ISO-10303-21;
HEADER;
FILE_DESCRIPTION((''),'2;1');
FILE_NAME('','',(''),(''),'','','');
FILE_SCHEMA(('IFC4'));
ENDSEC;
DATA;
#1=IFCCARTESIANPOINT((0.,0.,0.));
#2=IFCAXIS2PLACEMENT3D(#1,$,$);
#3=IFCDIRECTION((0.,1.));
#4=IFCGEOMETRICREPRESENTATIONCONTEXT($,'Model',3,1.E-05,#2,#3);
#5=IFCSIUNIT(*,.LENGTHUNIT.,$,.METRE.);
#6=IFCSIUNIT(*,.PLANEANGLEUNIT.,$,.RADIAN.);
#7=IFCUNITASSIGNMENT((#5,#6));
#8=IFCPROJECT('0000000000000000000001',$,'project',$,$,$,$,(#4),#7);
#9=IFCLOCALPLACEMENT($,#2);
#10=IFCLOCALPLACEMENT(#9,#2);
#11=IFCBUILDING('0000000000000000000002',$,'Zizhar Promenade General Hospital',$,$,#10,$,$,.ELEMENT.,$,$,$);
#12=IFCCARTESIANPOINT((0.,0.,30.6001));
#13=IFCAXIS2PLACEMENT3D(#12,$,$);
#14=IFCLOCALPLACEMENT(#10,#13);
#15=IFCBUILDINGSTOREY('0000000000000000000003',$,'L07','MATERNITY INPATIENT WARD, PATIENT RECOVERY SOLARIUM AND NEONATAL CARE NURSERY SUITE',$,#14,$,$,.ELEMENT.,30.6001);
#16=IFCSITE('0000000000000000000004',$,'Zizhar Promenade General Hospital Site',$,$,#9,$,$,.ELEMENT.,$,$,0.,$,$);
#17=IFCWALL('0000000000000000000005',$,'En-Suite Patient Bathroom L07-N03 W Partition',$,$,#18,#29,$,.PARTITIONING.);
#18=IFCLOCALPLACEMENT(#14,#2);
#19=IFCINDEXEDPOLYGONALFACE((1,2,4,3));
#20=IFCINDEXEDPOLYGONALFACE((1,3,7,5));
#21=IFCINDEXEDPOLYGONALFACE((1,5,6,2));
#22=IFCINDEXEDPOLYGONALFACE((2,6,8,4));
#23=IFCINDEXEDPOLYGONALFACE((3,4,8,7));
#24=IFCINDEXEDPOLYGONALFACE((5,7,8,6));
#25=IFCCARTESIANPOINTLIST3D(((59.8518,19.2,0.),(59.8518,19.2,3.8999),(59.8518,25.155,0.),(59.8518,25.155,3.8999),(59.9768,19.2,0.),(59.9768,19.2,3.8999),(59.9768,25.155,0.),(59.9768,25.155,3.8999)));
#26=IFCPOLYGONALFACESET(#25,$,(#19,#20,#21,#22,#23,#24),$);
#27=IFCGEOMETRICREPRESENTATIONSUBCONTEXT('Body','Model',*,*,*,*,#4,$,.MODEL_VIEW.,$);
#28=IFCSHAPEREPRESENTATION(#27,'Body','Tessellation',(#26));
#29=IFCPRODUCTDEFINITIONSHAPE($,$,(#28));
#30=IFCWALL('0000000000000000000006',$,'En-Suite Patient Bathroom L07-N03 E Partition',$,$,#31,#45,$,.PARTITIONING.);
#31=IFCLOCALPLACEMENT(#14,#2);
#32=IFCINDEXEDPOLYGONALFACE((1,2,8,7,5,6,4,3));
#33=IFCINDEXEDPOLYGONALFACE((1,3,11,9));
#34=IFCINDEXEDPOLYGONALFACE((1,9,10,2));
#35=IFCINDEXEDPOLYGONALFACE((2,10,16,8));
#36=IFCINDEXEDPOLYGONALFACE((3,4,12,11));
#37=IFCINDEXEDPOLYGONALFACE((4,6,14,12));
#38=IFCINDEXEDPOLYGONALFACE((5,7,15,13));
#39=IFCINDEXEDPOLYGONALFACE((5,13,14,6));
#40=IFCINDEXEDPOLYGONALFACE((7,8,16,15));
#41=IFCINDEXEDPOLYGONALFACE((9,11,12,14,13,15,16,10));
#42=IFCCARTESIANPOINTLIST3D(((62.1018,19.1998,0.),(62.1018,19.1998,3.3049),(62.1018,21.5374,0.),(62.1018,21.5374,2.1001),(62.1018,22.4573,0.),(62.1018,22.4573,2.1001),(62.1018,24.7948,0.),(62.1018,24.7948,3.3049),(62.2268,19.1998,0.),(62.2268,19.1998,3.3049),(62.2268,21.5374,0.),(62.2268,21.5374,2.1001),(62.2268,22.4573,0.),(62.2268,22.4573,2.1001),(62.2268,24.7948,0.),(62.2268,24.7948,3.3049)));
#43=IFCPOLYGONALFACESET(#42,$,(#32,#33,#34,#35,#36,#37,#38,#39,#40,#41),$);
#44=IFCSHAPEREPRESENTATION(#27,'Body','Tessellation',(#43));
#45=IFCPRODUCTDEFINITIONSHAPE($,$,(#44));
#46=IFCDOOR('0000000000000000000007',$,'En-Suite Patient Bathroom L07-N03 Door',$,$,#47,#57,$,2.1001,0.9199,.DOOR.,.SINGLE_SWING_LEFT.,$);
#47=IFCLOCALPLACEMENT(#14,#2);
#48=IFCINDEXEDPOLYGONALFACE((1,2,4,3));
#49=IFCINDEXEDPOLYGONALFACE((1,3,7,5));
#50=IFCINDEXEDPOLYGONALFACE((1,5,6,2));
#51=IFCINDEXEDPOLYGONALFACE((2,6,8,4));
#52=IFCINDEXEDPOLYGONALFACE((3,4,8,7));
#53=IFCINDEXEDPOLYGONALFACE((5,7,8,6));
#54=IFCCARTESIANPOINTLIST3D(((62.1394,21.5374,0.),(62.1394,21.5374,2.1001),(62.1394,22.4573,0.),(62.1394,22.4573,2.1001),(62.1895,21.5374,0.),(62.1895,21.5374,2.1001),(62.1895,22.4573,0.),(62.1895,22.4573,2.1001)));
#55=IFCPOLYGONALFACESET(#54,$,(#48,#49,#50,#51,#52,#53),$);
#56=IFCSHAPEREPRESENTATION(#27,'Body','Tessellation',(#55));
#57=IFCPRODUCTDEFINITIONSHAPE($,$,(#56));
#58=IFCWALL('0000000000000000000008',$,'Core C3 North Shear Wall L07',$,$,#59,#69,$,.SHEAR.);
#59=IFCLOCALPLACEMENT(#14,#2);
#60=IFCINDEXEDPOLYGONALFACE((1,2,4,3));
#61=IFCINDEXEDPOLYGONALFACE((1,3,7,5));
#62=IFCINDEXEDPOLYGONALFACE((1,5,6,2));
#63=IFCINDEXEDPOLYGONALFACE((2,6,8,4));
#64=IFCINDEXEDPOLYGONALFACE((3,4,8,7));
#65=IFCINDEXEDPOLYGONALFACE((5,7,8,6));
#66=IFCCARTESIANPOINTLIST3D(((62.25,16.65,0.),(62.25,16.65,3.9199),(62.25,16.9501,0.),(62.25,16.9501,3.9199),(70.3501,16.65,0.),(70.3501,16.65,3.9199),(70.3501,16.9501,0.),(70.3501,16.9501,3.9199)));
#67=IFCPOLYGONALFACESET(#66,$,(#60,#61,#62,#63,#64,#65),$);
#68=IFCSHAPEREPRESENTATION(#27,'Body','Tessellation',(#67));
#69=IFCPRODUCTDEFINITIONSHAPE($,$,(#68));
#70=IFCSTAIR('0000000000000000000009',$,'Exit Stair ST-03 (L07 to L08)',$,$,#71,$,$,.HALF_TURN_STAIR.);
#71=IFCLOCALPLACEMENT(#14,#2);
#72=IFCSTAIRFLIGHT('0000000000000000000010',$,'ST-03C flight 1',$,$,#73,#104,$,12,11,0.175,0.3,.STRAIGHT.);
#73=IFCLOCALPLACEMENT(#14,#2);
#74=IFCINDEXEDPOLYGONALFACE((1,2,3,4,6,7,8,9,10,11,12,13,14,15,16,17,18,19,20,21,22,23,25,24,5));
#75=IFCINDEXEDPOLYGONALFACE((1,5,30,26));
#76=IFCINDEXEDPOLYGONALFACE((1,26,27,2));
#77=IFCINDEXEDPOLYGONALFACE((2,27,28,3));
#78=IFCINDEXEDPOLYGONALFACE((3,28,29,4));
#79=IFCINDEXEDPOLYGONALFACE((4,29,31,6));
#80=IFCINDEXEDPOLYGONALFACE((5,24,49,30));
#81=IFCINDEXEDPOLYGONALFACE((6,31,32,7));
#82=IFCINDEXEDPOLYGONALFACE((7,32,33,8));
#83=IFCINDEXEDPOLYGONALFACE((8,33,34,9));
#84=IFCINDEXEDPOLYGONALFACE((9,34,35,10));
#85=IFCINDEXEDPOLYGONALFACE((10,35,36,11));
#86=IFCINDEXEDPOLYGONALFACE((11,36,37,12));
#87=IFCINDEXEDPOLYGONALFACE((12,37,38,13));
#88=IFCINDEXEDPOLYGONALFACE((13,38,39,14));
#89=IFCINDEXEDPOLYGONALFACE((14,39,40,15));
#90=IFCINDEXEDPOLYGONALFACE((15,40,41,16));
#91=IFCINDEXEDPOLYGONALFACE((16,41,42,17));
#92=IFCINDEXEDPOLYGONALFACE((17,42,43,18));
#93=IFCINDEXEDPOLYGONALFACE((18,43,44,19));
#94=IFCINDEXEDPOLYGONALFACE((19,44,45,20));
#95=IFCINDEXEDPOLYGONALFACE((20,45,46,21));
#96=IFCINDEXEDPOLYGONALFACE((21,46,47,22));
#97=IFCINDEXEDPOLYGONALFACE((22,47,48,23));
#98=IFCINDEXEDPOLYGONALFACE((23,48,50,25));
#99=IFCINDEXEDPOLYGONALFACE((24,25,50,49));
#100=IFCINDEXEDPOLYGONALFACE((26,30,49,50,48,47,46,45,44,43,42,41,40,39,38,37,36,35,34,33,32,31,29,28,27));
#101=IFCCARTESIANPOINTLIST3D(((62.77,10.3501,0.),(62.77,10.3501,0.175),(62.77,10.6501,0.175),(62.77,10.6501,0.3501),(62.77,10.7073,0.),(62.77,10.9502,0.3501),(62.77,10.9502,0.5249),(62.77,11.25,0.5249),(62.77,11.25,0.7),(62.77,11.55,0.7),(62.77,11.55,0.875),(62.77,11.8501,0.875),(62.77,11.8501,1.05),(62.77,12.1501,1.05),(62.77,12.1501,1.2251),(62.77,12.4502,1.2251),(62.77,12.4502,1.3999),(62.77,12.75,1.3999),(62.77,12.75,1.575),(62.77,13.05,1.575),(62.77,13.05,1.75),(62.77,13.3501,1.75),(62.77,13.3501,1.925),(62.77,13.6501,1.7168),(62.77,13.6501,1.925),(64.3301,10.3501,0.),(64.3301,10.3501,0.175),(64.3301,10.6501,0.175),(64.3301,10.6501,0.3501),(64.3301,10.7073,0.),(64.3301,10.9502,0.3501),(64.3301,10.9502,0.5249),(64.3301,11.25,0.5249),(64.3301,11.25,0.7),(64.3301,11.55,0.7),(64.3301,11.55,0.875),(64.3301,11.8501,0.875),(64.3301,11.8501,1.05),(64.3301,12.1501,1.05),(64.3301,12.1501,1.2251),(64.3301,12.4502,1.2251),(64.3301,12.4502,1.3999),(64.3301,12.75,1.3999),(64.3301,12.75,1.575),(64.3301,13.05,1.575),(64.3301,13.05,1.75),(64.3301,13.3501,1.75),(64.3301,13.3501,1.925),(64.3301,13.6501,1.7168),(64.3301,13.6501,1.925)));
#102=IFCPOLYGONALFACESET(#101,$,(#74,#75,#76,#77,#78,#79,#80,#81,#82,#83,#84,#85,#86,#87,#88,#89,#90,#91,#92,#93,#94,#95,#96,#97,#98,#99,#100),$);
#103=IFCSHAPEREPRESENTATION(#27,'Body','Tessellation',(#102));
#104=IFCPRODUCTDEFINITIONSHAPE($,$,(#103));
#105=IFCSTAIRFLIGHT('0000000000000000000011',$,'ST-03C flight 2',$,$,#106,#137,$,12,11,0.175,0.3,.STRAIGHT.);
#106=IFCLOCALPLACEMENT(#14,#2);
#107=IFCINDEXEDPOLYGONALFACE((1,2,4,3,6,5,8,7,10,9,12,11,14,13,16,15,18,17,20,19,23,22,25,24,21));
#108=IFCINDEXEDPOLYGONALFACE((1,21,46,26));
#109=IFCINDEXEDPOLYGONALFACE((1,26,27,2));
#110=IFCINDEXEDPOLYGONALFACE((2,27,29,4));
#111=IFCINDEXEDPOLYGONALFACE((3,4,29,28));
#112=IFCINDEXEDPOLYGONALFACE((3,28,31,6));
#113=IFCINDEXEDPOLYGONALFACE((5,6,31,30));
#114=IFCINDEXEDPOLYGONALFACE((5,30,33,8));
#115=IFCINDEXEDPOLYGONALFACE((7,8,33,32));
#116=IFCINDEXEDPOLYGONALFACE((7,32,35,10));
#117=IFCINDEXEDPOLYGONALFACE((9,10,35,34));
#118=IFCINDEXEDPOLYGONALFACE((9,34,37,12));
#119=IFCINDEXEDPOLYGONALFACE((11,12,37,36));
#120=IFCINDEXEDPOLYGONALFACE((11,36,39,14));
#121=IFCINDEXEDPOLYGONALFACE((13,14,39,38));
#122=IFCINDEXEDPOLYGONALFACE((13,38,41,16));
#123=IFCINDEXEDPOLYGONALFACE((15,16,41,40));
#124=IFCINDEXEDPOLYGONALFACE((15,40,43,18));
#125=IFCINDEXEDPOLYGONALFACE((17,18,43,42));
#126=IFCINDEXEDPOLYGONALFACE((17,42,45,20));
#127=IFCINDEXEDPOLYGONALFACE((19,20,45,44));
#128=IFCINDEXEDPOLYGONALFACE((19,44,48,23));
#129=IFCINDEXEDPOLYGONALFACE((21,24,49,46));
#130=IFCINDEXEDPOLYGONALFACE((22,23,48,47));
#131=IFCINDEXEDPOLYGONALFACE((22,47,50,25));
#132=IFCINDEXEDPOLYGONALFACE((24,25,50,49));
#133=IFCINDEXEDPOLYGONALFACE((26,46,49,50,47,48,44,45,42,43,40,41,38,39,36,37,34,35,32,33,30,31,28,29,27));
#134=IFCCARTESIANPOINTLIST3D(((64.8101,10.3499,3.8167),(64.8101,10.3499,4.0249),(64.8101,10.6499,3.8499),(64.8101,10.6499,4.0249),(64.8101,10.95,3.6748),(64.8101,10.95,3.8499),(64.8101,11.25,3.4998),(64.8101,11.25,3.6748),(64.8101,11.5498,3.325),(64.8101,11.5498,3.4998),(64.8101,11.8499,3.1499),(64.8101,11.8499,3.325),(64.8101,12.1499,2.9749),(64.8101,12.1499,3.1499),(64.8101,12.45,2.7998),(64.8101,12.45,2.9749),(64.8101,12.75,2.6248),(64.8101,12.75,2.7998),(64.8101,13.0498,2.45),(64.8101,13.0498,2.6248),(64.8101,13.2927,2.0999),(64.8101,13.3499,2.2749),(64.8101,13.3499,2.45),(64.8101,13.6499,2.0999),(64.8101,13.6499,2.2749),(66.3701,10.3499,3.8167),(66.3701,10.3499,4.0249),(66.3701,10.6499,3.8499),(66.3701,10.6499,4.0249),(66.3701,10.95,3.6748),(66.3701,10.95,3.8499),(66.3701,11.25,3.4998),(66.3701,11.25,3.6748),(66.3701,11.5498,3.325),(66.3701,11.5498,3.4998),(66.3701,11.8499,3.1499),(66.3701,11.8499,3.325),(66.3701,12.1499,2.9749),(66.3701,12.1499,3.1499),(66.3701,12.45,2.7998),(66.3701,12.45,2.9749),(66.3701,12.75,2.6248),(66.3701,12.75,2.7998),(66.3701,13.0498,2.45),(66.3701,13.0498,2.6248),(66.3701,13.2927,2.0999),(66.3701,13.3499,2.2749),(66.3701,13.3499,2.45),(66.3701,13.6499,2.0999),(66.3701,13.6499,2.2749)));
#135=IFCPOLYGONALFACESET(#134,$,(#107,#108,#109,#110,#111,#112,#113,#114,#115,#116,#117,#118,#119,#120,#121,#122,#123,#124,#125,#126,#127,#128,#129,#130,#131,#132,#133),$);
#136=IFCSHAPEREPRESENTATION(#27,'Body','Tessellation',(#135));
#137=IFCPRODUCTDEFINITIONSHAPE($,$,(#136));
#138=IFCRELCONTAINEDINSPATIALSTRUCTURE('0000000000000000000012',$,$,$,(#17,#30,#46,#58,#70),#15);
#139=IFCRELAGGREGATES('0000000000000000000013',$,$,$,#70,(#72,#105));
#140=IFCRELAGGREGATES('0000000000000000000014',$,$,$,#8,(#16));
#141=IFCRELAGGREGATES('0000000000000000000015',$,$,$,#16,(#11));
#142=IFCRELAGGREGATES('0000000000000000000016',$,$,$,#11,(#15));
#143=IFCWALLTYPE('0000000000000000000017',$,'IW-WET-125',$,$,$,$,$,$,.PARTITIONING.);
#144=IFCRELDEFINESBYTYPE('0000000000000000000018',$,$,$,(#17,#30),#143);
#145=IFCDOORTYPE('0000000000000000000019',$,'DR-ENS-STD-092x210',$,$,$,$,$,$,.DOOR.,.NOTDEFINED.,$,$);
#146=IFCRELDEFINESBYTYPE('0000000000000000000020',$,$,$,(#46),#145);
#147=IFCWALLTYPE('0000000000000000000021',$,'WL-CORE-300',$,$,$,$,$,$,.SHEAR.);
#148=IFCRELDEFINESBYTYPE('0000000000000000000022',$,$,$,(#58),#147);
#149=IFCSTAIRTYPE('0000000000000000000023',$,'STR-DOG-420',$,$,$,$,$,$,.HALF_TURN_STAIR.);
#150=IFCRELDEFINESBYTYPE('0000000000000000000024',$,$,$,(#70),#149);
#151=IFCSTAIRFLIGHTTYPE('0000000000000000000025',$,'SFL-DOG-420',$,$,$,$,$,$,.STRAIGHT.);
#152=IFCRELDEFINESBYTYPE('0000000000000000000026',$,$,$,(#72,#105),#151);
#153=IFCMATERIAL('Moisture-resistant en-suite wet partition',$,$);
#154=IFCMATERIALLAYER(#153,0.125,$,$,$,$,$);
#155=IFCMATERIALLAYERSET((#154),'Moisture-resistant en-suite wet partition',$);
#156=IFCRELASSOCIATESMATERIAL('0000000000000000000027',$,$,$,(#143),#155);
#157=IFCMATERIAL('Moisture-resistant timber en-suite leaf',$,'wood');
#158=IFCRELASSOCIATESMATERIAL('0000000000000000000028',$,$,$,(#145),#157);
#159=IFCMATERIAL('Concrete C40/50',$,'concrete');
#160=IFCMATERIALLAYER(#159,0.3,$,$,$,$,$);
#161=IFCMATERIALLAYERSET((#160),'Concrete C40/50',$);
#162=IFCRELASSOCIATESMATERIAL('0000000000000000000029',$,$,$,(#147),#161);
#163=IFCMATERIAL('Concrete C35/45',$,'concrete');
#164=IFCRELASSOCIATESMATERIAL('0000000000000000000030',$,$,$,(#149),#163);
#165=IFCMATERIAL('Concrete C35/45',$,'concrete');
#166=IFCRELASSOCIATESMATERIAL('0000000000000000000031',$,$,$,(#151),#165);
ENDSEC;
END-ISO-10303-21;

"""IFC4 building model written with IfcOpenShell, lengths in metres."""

from ifc_helpers import new_model, si_unit, direction, frame, frame_2d, origin, place, context, subcontext, project, spatial, polyline, rectangle, outline, extrude, material, layer, layer_set, type_object, element, fill, aggregate, save


model = new_model("IFC4")

# Units and contexts
model_context = context("Model", 3, precision=1e-05, world=origin(), true_north=direction((0.0, 1.0)))
body_context = subcontext(model_context, "Body", "Model", "MODEL_VIEW")
ifc_project = project(units=[si_unit("LENGTHUNIT", "METRE"), si_unit("PLANEANGLEUNIT", "RADIAN")], contexts=[model_context])

# Site, building, storey
site_placement = place(None, origin())
site = spatial("IfcSite", under=ifc_project, at=site_placement, Name="Zizhar Promenade General Hospital Site", CompositionType="ELEMENT", RefElevation=0.0)
building_placement = place(site_placement, origin())
building = spatial("IfcBuilding", under=site, at=building_placement, Name="Zizhar Promenade General Hospital", CompositionType="ELEMENT")
storey_placement = place(building_placement, frame((0.0, 0.0, 30.6001)))
storey = spatial("IfcBuildingStorey", under=building, at=storey_placement, Name="L07", Description="MATERNITY INPATIENT WARD, PATIENT RECOVERY SOLARIUM AND NEONATAL CARE NURSERY SUITE", CompositionType="ELEMENT", Elevation=30.6001)

# Wall
ifc_material_1 = material(Name="Moisture-resistant en-suite wet partition")
ifc_layer_1 = layer(ifc_material_1, 0.125)
ifc_layer_set_1 = layer_set([ifc_layer_1], Name="Moisture-resistant en-suite wet partition")
wall_type_1 = type_object("IfcWallType", Name="IW-WET-125", PredefinedType="PARTITIONING", material=ifc_layer_set_1)
wall_1_placement = place(storey_placement, frame((59.9143, 19.2, 0.0), z_axis=(0.0, 0.0, 1.0), x_axis=(0.0, 1.0, 0.0)))
element("IfcWall", 1, at=wall_1_placement, inside=storey, type_object=wall_type_1, Name="En-Suite Patient Bathroom L07-N03 W Partition", PredefinedType="PARTITIONING", context=body_context, shape_type="SweptSolid", body=[
    extrude(rectangle(XDim=5.9551, YDim=0.125, at=frame_2d((2.9775, 0.0))), origin(), (0.0, 0.0, 1.0), 3.8999),
])

# Wall, opening, door
wall_2_placement = place(storey_placement, frame((62.1643, 19.2, 0.0), z_axis=(0.0, 0.0, 1.0), x_axis=(0.0, 1.0, 0.0)))
wall_2 = element("IfcWall", 2, at=wall_2_placement, inside=storey, type_object=wall_type_1, Name="En-Suite Patient Bathroom L07-N03 E Partition", PredefinedType="PARTITIONING", context=body_context, shape_type="SweptSolid", body=[
    extrude(rectangle(XDim=5.595, YDim=0.125, at=frame_2d((2.7974, 0.0))), origin(), (0.0, 0.0, 1.0), 3.3049),
])
opening_1_placement = place(wall_2_placement, frame((2.3374, 0.0, 0.0)))
opening_1 = element("IfcOpeningElement", 3, at=opening_1_placement, cuts=wall_2, PredefinedType="OPENING", context=body_context, shape_type="SweptSolid", body=[
    extrude(rectangle(XDim=0.9199, YDim=2.1001, at=frame_2d((0.46, 1.05))), frame((0.0, 0.0725, 0.0), z_axis=(0.0, -1.0, 0.0), x_axis=(1.0, 0.0, 0.0)), (0.0, 0.0, 1.0), 0.145),
])
ifc_material_2 = material(Name="Moisture-resistant timber en-suite leaf", Category="wood")
door_type_1 = type_object("IfcDoorType", Name="DR-ENS-STD-092x210", OperationType="NOTDEFINED", PredefinedType="DOOR", material=ifc_material_2)
door_1_placement = place(opening_1_placement, origin())
door_1 = element("IfcDoor", 4, at=door_1_placement, inside=storey, type_object=door_type_1, Name="En-Suite Patient Bathroom L07-N03 Door", OperationType="SINGLE_SWING_LEFT", OverallHeight=2.1001, OverallWidth=0.9199, PredefinedType="DOOR", context=body_context, shape_type="SweptSolid", body=[
    extrude(rectangle(XDim=0.9199, YDim=2.1001, at=frame_2d((0.46, 1.05))), frame((0.0, 0.0249, 0.0), z_axis=(0.0, -1.0, 0.0), x_axis=(1.0, 0.0, 0.0)), (0.0, 0.0, 1.0), 0.05),
])
fill(opening_1, door_1)

# Wall
ifc_material_3 = material(Name="Concrete C40/50", Category="concrete")
ifc_layer_2 = layer(ifc_material_3, 0.3)
ifc_layer_set_2 = layer_set([ifc_layer_2], Name="Concrete C40/50")
wall_type_2 = type_object("IfcWallType", Name="WL-CORE-300", PredefinedType="SHEAR", material=ifc_layer_set_2)
wall_3_placement = place(storey_placement, frame((62.25, 16.8, 0.0), z_axis=(0.0, 0.0, 1.0), x_axis=(1.0, 0.0, 0.0)))
element("IfcWall", 5, at=wall_3_placement, inside=storey, type_object=wall_type_2, Name="Core C3 North Shear Wall L07", PredefinedType="SHEAR", context=body_context, shape_type="SweptSolid", body=[
    extrude(rectangle(XDim=8.1001, YDim=0.3, at=frame_2d((4.05, 0.0))), origin(), (0.0, 0.0, 1.0), 3.9199),
])

# Stair, stair flights
ifc_material_4 = material(Name="Concrete C35/45", Category="concrete")
stair_type = type_object("IfcStairType", Name="STR-DOG-420", PredefinedType="HALF_TURN_STAIR", material=ifc_material_4)
stair_placement = place(storey_placement, origin())
stair = element("IfcStair", 6, at=stair_placement, inside=storey, type_object=stair_type, Name="Exit Stair ST-03 (L07 to L08)", PredefinedType="HALF_TURN_STAIR")
ifc_material_5 = material(Name="Concrete C35/45", Category="concrete")
stair_flight_type = type_object("IfcStairFlightType", Name="SFL-DOG-420", PredefinedType="STRAIGHT", material=ifc_material_5)
stair_flight_1_placement = place(storey_placement, frame((63.55, 10.3501, 0.0), z_axis=(0.0, 0.0, 1.0), x_axis=(0.0, 1.0, 0.0)))
stair_flight_1 = element("IfcStairFlight", 7, at=stair_flight_1_placement, type_object=stair_flight_type, Name="ST-03C flight 1", NumberOfRisers=12, NumberOfTreads=11, PredefinedType="STRAIGHT", RiserHeight=0.175, TreadLength=0.3, context=body_context, shape_type="SweptSolid", body=[
    extrude(outline(polyline([(0.0, 0.0), (0.0, 0.175), (0.3, 0.175), (0.3, 0.3501), (0.6001, 0.3501), (0.6001, 0.5249), (0.8999, 0.5249), (0.8999, 0.7), (1.2, 0.7), (1.2, 0.875), (1.5, 0.875), (1.5, 1.05), (1.8, 1.05), (1.8, 1.2251), (2.1001, 1.2251), (2.1001, 1.3999), (2.3999, 1.3999), (2.3999, 1.575), (2.7, 1.575), (2.7, 1.75), (3.0, 1.75), (3.0, 1.925), (3.3, 1.925), (3.3, 2.1001), (3.3, 1.7168), (0.3572, 0.0), (0.0, 0.0)])), frame((0.0, 0.78, 0.0), z_axis=(0.0, -1.0, 0.0), x_axis=(1.0, 0.0, 0.0)), (0.0, 0.0, 1.0), 1.5601),
])
stair_flight_2_placement = place(storey_placement, frame((65.5901, 13.6499, 2.0999), z_axis=(0.0, 0.0, 1.0), x_axis=(0.0, -1.0, 0.0)))
stair_flight_2 = element("IfcStairFlight", 8, at=stair_flight_2_placement, type_object=stair_flight_type, Name="ST-03C flight 2", NumberOfRisers=12, NumberOfTreads=11, PredefinedType="STRAIGHT", RiserHeight=0.175, TreadLength=0.3, context=body_context, shape_type="SweptSolid", body=[
    extrude(outline(polyline([(0.0, 0.0), (0.0, 0.175), (0.3, 0.175), (0.3, 0.3501), (0.6001, 0.3501), (0.6001, 0.5249), (0.8999, 0.5249), (0.8999, 0.7), (1.2, 0.7), (1.2, 0.875), (1.5, 0.875), (1.5, 1.05), (1.8, 1.05), (1.8, 1.2251), (2.1001, 1.2251), (2.1001, 1.3999), (2.3999, 1.3999), (2.3999, 1.575), (2.7, 1.575), (2.7, 1.75), (3.0, 1.75), (3.0, 1.925), (3.3, 1.925), (3.3, 2.1001), (3.3, 1.7168), (0.3572, 0.0), (0.0, 0.0)])), frame((0.0, 0.78, 0.0), z_axis=(0.0, -1.0, 0.0), x_axis=(1.0, 0.0, 0.0)), (0.0, 0.0, 1.0), 1.5601),
])
aggregate(stair, [stair_flight_1, stair_flight_2])

save(model, "model.ifc")
